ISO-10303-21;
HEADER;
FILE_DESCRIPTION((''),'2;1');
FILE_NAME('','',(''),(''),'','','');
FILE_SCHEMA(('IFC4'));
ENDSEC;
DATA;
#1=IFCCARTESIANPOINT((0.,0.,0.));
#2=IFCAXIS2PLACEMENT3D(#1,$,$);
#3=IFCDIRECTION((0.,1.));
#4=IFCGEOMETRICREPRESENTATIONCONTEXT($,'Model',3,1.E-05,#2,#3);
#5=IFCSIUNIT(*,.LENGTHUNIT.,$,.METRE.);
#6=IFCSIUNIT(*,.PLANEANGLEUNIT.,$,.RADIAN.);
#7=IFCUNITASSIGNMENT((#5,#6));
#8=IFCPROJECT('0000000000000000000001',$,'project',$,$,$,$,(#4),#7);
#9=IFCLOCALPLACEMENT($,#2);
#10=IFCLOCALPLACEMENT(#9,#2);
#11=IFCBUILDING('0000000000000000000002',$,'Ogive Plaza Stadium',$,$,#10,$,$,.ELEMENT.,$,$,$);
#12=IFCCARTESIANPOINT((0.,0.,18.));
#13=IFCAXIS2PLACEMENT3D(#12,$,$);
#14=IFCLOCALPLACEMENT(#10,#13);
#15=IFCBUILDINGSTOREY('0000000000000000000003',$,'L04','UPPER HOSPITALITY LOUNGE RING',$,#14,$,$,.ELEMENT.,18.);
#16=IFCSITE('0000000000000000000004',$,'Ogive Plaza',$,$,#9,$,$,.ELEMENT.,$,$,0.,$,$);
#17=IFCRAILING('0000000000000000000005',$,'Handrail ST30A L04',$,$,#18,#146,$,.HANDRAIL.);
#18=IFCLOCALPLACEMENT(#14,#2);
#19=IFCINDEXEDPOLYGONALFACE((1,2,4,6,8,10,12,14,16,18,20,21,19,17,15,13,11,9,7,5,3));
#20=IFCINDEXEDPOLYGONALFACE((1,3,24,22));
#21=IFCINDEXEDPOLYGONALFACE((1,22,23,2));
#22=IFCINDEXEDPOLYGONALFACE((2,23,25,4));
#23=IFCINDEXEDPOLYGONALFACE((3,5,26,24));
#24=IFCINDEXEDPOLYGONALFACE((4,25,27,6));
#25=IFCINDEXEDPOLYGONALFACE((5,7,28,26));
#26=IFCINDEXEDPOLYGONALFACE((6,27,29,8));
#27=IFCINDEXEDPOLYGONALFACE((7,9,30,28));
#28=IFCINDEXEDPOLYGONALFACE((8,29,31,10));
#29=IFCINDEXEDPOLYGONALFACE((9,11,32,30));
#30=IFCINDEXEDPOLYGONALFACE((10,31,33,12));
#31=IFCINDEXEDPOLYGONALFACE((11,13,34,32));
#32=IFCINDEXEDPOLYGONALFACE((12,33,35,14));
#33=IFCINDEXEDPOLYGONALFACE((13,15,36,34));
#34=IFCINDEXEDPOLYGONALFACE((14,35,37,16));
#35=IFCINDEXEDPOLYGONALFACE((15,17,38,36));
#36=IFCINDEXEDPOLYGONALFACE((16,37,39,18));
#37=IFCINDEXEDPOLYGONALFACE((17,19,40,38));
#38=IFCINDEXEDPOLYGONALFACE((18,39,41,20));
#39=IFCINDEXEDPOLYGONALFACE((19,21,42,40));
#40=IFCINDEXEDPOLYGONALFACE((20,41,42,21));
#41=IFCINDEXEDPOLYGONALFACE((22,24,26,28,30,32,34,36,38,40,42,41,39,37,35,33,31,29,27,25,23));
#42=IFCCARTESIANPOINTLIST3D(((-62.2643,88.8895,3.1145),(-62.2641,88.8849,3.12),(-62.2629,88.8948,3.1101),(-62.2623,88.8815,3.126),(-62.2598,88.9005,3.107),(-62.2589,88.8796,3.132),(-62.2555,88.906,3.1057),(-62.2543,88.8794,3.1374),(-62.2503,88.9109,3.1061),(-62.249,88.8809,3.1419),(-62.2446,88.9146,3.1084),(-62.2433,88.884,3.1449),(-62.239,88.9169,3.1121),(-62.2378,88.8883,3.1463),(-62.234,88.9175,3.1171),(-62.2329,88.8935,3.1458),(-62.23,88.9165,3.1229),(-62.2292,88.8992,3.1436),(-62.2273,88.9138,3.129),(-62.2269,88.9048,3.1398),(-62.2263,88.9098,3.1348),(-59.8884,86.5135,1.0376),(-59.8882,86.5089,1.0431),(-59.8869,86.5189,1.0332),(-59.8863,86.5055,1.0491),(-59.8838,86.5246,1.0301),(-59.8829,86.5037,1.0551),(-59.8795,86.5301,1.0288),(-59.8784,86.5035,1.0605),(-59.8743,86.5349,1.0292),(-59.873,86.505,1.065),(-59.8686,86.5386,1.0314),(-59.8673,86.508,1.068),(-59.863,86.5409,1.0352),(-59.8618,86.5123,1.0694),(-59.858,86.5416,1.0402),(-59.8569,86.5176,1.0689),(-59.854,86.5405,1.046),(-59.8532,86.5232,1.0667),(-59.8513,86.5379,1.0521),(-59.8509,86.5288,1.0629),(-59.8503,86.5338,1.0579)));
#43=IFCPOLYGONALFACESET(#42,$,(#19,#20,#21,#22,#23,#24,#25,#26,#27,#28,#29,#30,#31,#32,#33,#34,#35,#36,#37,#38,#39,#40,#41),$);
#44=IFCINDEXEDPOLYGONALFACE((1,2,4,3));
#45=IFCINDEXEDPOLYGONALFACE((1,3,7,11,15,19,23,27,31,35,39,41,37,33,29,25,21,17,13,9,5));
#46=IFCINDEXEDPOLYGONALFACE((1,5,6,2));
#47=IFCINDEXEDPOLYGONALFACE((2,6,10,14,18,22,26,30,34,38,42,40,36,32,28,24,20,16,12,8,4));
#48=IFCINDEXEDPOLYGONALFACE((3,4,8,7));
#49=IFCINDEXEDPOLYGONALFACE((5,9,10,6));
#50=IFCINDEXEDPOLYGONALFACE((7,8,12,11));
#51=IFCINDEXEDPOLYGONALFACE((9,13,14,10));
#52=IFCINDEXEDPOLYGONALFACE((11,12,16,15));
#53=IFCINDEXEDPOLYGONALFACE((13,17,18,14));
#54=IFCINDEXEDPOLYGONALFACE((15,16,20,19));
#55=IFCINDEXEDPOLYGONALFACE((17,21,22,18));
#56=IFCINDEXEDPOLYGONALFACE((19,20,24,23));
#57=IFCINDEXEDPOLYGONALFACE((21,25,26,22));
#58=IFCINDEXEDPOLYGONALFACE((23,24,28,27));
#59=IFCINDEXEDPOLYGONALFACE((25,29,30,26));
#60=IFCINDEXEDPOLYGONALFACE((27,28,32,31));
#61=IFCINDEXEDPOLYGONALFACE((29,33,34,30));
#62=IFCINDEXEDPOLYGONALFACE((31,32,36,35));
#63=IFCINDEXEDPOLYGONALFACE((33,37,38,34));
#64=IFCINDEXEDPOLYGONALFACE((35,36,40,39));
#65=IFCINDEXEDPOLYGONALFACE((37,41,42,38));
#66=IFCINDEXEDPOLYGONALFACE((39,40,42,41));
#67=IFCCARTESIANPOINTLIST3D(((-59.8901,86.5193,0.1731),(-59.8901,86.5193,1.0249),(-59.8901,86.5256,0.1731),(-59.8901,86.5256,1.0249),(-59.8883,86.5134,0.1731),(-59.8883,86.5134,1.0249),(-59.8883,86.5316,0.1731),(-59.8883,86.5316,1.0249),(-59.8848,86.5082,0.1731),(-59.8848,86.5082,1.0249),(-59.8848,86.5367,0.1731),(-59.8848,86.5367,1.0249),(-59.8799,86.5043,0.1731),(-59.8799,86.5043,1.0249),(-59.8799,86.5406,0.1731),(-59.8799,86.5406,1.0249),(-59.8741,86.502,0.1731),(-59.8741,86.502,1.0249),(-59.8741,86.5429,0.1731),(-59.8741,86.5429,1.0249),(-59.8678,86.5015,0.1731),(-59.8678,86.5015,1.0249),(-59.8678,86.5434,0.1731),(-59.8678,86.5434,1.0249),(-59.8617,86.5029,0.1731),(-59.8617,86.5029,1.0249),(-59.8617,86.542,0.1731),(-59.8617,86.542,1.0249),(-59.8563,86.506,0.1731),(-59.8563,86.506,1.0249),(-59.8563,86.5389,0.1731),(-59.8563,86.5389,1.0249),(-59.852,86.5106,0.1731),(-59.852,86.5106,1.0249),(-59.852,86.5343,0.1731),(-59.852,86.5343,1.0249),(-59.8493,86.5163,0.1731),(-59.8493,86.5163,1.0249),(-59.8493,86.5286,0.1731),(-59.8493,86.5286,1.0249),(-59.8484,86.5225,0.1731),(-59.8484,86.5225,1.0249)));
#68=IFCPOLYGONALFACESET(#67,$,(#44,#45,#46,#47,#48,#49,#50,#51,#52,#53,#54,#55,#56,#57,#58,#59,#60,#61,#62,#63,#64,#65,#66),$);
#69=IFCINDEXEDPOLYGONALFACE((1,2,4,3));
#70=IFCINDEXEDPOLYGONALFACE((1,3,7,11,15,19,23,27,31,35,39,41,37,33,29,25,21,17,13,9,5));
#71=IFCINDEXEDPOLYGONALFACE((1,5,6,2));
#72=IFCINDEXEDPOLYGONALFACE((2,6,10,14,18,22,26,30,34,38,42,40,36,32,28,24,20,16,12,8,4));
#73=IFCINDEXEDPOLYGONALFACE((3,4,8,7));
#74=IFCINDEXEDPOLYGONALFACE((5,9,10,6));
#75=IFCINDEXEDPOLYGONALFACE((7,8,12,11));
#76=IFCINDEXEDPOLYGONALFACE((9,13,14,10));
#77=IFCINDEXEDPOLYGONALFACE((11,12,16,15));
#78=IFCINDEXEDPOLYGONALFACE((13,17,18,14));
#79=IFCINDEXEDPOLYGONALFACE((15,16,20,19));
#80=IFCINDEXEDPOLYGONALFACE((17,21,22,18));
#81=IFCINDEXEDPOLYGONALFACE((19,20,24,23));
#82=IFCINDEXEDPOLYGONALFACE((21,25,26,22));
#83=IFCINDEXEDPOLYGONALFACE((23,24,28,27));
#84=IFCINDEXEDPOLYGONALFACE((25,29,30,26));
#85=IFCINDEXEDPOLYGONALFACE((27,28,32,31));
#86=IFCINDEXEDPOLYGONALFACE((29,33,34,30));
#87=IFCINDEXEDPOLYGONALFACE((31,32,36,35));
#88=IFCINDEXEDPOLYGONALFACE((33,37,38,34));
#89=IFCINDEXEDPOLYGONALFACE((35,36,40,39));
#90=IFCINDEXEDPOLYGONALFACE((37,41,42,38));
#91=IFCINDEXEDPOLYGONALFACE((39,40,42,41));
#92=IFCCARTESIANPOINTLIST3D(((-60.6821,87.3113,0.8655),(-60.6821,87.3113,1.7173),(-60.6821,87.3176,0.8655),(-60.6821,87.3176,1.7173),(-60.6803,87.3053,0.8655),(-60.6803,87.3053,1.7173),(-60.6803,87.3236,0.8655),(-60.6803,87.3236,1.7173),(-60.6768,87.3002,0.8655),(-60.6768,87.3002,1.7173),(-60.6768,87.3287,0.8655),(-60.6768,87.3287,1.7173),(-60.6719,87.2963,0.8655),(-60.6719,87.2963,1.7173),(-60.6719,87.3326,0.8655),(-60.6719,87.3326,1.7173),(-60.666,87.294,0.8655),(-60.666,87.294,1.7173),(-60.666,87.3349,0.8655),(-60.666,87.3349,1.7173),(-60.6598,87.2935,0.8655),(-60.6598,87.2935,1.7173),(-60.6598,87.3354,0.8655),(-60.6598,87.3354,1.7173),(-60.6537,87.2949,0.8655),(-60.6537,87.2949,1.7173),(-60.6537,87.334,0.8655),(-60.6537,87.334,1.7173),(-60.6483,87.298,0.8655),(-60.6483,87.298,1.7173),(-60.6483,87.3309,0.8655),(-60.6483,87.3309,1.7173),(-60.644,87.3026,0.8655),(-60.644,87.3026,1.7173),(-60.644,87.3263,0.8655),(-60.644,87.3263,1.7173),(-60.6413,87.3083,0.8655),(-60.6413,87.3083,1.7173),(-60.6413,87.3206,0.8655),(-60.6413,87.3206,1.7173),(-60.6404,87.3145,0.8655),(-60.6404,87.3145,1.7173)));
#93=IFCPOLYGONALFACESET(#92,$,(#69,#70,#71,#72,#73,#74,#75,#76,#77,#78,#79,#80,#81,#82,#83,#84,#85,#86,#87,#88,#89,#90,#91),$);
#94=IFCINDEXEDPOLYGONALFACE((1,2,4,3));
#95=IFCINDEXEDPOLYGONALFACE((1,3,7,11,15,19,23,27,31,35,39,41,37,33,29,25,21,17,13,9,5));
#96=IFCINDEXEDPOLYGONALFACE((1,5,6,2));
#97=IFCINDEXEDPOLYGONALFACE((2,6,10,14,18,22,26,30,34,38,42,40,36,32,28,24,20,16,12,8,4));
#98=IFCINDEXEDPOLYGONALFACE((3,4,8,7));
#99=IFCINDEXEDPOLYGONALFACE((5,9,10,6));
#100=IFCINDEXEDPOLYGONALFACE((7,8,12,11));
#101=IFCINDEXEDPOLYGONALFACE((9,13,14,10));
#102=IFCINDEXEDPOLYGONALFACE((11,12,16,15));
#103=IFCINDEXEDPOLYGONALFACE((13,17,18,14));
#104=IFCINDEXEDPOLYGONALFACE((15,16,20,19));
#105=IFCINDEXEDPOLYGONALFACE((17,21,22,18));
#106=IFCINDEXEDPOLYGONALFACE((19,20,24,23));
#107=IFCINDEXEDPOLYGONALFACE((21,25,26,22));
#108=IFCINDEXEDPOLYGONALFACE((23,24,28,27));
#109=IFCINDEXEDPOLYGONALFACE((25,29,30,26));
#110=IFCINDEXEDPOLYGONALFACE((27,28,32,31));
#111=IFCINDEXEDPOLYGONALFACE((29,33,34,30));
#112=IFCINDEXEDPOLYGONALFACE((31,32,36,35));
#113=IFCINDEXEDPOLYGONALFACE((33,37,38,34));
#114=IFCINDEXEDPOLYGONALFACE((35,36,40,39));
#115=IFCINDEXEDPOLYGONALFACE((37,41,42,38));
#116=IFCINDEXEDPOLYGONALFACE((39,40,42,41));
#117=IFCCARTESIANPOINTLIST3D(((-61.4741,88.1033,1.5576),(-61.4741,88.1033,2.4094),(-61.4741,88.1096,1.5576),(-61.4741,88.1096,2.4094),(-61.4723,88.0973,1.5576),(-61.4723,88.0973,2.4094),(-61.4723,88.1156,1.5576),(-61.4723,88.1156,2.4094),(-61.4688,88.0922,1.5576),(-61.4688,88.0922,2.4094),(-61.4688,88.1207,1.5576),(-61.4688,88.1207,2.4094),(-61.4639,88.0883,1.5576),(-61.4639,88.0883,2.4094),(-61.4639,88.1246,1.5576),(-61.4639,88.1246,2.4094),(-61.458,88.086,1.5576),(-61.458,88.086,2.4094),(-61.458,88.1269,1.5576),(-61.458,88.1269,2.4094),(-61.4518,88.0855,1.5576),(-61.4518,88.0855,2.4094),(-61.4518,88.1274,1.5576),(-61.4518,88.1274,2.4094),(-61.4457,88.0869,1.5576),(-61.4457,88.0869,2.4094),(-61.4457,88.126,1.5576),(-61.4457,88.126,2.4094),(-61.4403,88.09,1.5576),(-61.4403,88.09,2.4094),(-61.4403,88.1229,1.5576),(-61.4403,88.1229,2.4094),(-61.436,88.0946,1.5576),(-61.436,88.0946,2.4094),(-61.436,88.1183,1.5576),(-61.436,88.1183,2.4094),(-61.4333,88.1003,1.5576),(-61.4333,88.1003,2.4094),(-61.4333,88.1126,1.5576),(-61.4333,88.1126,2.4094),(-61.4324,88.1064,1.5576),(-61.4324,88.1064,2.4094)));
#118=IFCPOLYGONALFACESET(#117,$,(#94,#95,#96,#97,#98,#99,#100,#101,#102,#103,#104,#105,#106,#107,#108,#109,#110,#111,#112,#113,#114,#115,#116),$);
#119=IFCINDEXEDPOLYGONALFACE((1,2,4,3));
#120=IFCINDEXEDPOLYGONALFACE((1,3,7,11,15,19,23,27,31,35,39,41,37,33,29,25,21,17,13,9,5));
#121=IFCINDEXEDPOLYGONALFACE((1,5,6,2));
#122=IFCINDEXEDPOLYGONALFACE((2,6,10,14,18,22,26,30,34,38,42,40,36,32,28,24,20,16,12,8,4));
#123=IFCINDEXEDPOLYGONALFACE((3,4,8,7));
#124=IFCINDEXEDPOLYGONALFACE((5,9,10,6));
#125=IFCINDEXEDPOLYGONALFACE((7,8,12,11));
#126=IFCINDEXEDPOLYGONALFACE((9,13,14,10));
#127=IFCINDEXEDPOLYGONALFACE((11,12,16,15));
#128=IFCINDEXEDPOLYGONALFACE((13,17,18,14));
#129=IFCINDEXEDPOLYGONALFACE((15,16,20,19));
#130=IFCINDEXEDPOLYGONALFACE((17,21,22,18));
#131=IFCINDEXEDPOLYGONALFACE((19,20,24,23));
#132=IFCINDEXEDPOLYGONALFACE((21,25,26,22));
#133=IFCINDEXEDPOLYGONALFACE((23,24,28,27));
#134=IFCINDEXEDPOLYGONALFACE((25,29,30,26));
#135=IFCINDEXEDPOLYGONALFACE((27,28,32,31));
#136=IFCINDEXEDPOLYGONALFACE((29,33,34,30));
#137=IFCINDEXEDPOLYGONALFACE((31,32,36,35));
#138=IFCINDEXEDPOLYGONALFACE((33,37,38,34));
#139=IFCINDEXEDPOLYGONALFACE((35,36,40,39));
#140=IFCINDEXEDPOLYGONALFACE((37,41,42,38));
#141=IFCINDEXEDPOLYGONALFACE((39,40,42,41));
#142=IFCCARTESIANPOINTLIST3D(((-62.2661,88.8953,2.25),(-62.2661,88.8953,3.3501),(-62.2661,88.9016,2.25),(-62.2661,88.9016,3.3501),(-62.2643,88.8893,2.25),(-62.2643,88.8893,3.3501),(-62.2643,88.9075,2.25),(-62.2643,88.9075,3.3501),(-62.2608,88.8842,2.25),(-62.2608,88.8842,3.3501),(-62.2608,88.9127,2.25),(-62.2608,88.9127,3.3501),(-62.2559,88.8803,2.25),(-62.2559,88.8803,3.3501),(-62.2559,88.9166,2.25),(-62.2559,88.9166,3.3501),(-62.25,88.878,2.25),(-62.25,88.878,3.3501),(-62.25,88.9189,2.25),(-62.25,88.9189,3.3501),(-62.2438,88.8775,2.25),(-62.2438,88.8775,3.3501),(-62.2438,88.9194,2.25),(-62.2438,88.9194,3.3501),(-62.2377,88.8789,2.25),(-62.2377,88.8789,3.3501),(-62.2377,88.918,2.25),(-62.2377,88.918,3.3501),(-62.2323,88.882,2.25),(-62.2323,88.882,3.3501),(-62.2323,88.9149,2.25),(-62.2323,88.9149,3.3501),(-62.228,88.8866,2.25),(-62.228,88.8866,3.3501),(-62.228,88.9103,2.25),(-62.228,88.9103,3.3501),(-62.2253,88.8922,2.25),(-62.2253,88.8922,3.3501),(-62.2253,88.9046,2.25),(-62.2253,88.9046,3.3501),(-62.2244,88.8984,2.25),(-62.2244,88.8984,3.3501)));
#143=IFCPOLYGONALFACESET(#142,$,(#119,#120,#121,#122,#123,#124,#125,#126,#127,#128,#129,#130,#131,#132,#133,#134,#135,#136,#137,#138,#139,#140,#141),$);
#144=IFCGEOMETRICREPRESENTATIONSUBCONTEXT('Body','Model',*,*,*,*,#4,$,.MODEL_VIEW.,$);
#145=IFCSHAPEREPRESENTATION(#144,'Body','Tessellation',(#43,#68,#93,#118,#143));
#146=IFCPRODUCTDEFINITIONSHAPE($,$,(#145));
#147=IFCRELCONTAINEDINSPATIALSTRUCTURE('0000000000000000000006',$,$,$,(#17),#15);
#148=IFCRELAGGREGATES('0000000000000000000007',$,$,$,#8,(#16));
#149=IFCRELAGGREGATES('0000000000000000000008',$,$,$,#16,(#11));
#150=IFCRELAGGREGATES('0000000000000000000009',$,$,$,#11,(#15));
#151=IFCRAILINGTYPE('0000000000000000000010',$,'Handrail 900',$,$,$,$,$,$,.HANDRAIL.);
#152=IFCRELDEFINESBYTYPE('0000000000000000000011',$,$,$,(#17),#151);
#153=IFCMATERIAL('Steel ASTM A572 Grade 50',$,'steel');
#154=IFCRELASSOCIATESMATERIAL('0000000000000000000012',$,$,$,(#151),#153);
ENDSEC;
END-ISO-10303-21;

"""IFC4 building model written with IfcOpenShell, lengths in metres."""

from ifc_helpers import new_model, si_unit, direction, frame, origin, origin_2d, place, context, subcontext, project, spatial, circle, extrude, material, type_object, element, save


model = new_model("IFC4")

# Units and contexts
model_context = context("Model", 3, precision=1e-05, world=origin(), true_north=direction((0.0, 1.0)))
body_context = subcontext(model_context, "Body", "Model", "MODEL_VIEW")
ifc_project = project(units=[si_unit("LENGTHUNIT", "METRE"), si_unit("PLANEANGLEUNIT", "RADIAN")], contexts=[model_context])

# Site, building, storey
site_placement = place(None, origin())
site = spatial("IfcSite", under=ifc_project, at=site_placement, Name="Ogive Plaza", CompositionType="ELEMENT", RefElevation=0.0)
building_placement = place(site_placement, origin())
building = spatial("IfcBuilding", under=site, at=building_placement, Name="Ogive Plaza Stadium", CompositionType="ELEMENT")
storey_placement = place(building_placement, frame((0.0, 0.0, 18.0)))
storey = spatial("IfcBuildingStorey", under=building, at=storey_placement, Name="L04", Description="UPPER HOSPITALITY LOUNGE RING", CompositionType="ELEMENT", Elevation=18.0)

# Railing
ifc_material_1 = material(Name="Steel ASTM A572 Grade 50", Category="steel")
railing_type_1 = type_object("IfcRailingType", Name="Handrail 900", PredefinedType="HANDRAIL", material=ifc_material_1)
railing_1_placement = place(storey_placement, frame((-59.8694, 86.5225, 0.1731)))
element("IfcRailing", 1, at=railing_1_placement, inside=storey, type_object=railing_type_1, Name="Handrail ST30A L04", PredefinedType="HANDRAIL", context=body_context, shape_type="SweptSolid", body=[
    extrude(circle(Radius=0.0239, at=origin_2d()), frame((0.0, 0.0, 0.876), z_axis=(-0.601483, 0.601483, 0.525772), x_axis=(-0.707107, -0.707107, 0.0)), (0.0, 0.0, 1.0), 3.9502),
    extrude(circle(Radius=0.021, at=origin_2d()), origin(), (0.0, 0.0, 1.0), 0.8518),
    extrude(circle(Radius=0.021, at=origin_2d()), frame((-0.792, 0.792, 0.6924)), (0.0, 0.0, 1.0), 0.8518),
    extrude(circle(Radius=0.021, at=origin_2d()), frame((-1.584, 1.584, 1.3845)), (0.0, 0.0, 1.0), 0.8518),
    extrude(circle(Radius=0.021, at=origin_2d()), frame((-2.376, 2.376, 2.0769)), (0.0, 0.0, 1.0), 1.1001),
])

save(model, "model.ifc")
